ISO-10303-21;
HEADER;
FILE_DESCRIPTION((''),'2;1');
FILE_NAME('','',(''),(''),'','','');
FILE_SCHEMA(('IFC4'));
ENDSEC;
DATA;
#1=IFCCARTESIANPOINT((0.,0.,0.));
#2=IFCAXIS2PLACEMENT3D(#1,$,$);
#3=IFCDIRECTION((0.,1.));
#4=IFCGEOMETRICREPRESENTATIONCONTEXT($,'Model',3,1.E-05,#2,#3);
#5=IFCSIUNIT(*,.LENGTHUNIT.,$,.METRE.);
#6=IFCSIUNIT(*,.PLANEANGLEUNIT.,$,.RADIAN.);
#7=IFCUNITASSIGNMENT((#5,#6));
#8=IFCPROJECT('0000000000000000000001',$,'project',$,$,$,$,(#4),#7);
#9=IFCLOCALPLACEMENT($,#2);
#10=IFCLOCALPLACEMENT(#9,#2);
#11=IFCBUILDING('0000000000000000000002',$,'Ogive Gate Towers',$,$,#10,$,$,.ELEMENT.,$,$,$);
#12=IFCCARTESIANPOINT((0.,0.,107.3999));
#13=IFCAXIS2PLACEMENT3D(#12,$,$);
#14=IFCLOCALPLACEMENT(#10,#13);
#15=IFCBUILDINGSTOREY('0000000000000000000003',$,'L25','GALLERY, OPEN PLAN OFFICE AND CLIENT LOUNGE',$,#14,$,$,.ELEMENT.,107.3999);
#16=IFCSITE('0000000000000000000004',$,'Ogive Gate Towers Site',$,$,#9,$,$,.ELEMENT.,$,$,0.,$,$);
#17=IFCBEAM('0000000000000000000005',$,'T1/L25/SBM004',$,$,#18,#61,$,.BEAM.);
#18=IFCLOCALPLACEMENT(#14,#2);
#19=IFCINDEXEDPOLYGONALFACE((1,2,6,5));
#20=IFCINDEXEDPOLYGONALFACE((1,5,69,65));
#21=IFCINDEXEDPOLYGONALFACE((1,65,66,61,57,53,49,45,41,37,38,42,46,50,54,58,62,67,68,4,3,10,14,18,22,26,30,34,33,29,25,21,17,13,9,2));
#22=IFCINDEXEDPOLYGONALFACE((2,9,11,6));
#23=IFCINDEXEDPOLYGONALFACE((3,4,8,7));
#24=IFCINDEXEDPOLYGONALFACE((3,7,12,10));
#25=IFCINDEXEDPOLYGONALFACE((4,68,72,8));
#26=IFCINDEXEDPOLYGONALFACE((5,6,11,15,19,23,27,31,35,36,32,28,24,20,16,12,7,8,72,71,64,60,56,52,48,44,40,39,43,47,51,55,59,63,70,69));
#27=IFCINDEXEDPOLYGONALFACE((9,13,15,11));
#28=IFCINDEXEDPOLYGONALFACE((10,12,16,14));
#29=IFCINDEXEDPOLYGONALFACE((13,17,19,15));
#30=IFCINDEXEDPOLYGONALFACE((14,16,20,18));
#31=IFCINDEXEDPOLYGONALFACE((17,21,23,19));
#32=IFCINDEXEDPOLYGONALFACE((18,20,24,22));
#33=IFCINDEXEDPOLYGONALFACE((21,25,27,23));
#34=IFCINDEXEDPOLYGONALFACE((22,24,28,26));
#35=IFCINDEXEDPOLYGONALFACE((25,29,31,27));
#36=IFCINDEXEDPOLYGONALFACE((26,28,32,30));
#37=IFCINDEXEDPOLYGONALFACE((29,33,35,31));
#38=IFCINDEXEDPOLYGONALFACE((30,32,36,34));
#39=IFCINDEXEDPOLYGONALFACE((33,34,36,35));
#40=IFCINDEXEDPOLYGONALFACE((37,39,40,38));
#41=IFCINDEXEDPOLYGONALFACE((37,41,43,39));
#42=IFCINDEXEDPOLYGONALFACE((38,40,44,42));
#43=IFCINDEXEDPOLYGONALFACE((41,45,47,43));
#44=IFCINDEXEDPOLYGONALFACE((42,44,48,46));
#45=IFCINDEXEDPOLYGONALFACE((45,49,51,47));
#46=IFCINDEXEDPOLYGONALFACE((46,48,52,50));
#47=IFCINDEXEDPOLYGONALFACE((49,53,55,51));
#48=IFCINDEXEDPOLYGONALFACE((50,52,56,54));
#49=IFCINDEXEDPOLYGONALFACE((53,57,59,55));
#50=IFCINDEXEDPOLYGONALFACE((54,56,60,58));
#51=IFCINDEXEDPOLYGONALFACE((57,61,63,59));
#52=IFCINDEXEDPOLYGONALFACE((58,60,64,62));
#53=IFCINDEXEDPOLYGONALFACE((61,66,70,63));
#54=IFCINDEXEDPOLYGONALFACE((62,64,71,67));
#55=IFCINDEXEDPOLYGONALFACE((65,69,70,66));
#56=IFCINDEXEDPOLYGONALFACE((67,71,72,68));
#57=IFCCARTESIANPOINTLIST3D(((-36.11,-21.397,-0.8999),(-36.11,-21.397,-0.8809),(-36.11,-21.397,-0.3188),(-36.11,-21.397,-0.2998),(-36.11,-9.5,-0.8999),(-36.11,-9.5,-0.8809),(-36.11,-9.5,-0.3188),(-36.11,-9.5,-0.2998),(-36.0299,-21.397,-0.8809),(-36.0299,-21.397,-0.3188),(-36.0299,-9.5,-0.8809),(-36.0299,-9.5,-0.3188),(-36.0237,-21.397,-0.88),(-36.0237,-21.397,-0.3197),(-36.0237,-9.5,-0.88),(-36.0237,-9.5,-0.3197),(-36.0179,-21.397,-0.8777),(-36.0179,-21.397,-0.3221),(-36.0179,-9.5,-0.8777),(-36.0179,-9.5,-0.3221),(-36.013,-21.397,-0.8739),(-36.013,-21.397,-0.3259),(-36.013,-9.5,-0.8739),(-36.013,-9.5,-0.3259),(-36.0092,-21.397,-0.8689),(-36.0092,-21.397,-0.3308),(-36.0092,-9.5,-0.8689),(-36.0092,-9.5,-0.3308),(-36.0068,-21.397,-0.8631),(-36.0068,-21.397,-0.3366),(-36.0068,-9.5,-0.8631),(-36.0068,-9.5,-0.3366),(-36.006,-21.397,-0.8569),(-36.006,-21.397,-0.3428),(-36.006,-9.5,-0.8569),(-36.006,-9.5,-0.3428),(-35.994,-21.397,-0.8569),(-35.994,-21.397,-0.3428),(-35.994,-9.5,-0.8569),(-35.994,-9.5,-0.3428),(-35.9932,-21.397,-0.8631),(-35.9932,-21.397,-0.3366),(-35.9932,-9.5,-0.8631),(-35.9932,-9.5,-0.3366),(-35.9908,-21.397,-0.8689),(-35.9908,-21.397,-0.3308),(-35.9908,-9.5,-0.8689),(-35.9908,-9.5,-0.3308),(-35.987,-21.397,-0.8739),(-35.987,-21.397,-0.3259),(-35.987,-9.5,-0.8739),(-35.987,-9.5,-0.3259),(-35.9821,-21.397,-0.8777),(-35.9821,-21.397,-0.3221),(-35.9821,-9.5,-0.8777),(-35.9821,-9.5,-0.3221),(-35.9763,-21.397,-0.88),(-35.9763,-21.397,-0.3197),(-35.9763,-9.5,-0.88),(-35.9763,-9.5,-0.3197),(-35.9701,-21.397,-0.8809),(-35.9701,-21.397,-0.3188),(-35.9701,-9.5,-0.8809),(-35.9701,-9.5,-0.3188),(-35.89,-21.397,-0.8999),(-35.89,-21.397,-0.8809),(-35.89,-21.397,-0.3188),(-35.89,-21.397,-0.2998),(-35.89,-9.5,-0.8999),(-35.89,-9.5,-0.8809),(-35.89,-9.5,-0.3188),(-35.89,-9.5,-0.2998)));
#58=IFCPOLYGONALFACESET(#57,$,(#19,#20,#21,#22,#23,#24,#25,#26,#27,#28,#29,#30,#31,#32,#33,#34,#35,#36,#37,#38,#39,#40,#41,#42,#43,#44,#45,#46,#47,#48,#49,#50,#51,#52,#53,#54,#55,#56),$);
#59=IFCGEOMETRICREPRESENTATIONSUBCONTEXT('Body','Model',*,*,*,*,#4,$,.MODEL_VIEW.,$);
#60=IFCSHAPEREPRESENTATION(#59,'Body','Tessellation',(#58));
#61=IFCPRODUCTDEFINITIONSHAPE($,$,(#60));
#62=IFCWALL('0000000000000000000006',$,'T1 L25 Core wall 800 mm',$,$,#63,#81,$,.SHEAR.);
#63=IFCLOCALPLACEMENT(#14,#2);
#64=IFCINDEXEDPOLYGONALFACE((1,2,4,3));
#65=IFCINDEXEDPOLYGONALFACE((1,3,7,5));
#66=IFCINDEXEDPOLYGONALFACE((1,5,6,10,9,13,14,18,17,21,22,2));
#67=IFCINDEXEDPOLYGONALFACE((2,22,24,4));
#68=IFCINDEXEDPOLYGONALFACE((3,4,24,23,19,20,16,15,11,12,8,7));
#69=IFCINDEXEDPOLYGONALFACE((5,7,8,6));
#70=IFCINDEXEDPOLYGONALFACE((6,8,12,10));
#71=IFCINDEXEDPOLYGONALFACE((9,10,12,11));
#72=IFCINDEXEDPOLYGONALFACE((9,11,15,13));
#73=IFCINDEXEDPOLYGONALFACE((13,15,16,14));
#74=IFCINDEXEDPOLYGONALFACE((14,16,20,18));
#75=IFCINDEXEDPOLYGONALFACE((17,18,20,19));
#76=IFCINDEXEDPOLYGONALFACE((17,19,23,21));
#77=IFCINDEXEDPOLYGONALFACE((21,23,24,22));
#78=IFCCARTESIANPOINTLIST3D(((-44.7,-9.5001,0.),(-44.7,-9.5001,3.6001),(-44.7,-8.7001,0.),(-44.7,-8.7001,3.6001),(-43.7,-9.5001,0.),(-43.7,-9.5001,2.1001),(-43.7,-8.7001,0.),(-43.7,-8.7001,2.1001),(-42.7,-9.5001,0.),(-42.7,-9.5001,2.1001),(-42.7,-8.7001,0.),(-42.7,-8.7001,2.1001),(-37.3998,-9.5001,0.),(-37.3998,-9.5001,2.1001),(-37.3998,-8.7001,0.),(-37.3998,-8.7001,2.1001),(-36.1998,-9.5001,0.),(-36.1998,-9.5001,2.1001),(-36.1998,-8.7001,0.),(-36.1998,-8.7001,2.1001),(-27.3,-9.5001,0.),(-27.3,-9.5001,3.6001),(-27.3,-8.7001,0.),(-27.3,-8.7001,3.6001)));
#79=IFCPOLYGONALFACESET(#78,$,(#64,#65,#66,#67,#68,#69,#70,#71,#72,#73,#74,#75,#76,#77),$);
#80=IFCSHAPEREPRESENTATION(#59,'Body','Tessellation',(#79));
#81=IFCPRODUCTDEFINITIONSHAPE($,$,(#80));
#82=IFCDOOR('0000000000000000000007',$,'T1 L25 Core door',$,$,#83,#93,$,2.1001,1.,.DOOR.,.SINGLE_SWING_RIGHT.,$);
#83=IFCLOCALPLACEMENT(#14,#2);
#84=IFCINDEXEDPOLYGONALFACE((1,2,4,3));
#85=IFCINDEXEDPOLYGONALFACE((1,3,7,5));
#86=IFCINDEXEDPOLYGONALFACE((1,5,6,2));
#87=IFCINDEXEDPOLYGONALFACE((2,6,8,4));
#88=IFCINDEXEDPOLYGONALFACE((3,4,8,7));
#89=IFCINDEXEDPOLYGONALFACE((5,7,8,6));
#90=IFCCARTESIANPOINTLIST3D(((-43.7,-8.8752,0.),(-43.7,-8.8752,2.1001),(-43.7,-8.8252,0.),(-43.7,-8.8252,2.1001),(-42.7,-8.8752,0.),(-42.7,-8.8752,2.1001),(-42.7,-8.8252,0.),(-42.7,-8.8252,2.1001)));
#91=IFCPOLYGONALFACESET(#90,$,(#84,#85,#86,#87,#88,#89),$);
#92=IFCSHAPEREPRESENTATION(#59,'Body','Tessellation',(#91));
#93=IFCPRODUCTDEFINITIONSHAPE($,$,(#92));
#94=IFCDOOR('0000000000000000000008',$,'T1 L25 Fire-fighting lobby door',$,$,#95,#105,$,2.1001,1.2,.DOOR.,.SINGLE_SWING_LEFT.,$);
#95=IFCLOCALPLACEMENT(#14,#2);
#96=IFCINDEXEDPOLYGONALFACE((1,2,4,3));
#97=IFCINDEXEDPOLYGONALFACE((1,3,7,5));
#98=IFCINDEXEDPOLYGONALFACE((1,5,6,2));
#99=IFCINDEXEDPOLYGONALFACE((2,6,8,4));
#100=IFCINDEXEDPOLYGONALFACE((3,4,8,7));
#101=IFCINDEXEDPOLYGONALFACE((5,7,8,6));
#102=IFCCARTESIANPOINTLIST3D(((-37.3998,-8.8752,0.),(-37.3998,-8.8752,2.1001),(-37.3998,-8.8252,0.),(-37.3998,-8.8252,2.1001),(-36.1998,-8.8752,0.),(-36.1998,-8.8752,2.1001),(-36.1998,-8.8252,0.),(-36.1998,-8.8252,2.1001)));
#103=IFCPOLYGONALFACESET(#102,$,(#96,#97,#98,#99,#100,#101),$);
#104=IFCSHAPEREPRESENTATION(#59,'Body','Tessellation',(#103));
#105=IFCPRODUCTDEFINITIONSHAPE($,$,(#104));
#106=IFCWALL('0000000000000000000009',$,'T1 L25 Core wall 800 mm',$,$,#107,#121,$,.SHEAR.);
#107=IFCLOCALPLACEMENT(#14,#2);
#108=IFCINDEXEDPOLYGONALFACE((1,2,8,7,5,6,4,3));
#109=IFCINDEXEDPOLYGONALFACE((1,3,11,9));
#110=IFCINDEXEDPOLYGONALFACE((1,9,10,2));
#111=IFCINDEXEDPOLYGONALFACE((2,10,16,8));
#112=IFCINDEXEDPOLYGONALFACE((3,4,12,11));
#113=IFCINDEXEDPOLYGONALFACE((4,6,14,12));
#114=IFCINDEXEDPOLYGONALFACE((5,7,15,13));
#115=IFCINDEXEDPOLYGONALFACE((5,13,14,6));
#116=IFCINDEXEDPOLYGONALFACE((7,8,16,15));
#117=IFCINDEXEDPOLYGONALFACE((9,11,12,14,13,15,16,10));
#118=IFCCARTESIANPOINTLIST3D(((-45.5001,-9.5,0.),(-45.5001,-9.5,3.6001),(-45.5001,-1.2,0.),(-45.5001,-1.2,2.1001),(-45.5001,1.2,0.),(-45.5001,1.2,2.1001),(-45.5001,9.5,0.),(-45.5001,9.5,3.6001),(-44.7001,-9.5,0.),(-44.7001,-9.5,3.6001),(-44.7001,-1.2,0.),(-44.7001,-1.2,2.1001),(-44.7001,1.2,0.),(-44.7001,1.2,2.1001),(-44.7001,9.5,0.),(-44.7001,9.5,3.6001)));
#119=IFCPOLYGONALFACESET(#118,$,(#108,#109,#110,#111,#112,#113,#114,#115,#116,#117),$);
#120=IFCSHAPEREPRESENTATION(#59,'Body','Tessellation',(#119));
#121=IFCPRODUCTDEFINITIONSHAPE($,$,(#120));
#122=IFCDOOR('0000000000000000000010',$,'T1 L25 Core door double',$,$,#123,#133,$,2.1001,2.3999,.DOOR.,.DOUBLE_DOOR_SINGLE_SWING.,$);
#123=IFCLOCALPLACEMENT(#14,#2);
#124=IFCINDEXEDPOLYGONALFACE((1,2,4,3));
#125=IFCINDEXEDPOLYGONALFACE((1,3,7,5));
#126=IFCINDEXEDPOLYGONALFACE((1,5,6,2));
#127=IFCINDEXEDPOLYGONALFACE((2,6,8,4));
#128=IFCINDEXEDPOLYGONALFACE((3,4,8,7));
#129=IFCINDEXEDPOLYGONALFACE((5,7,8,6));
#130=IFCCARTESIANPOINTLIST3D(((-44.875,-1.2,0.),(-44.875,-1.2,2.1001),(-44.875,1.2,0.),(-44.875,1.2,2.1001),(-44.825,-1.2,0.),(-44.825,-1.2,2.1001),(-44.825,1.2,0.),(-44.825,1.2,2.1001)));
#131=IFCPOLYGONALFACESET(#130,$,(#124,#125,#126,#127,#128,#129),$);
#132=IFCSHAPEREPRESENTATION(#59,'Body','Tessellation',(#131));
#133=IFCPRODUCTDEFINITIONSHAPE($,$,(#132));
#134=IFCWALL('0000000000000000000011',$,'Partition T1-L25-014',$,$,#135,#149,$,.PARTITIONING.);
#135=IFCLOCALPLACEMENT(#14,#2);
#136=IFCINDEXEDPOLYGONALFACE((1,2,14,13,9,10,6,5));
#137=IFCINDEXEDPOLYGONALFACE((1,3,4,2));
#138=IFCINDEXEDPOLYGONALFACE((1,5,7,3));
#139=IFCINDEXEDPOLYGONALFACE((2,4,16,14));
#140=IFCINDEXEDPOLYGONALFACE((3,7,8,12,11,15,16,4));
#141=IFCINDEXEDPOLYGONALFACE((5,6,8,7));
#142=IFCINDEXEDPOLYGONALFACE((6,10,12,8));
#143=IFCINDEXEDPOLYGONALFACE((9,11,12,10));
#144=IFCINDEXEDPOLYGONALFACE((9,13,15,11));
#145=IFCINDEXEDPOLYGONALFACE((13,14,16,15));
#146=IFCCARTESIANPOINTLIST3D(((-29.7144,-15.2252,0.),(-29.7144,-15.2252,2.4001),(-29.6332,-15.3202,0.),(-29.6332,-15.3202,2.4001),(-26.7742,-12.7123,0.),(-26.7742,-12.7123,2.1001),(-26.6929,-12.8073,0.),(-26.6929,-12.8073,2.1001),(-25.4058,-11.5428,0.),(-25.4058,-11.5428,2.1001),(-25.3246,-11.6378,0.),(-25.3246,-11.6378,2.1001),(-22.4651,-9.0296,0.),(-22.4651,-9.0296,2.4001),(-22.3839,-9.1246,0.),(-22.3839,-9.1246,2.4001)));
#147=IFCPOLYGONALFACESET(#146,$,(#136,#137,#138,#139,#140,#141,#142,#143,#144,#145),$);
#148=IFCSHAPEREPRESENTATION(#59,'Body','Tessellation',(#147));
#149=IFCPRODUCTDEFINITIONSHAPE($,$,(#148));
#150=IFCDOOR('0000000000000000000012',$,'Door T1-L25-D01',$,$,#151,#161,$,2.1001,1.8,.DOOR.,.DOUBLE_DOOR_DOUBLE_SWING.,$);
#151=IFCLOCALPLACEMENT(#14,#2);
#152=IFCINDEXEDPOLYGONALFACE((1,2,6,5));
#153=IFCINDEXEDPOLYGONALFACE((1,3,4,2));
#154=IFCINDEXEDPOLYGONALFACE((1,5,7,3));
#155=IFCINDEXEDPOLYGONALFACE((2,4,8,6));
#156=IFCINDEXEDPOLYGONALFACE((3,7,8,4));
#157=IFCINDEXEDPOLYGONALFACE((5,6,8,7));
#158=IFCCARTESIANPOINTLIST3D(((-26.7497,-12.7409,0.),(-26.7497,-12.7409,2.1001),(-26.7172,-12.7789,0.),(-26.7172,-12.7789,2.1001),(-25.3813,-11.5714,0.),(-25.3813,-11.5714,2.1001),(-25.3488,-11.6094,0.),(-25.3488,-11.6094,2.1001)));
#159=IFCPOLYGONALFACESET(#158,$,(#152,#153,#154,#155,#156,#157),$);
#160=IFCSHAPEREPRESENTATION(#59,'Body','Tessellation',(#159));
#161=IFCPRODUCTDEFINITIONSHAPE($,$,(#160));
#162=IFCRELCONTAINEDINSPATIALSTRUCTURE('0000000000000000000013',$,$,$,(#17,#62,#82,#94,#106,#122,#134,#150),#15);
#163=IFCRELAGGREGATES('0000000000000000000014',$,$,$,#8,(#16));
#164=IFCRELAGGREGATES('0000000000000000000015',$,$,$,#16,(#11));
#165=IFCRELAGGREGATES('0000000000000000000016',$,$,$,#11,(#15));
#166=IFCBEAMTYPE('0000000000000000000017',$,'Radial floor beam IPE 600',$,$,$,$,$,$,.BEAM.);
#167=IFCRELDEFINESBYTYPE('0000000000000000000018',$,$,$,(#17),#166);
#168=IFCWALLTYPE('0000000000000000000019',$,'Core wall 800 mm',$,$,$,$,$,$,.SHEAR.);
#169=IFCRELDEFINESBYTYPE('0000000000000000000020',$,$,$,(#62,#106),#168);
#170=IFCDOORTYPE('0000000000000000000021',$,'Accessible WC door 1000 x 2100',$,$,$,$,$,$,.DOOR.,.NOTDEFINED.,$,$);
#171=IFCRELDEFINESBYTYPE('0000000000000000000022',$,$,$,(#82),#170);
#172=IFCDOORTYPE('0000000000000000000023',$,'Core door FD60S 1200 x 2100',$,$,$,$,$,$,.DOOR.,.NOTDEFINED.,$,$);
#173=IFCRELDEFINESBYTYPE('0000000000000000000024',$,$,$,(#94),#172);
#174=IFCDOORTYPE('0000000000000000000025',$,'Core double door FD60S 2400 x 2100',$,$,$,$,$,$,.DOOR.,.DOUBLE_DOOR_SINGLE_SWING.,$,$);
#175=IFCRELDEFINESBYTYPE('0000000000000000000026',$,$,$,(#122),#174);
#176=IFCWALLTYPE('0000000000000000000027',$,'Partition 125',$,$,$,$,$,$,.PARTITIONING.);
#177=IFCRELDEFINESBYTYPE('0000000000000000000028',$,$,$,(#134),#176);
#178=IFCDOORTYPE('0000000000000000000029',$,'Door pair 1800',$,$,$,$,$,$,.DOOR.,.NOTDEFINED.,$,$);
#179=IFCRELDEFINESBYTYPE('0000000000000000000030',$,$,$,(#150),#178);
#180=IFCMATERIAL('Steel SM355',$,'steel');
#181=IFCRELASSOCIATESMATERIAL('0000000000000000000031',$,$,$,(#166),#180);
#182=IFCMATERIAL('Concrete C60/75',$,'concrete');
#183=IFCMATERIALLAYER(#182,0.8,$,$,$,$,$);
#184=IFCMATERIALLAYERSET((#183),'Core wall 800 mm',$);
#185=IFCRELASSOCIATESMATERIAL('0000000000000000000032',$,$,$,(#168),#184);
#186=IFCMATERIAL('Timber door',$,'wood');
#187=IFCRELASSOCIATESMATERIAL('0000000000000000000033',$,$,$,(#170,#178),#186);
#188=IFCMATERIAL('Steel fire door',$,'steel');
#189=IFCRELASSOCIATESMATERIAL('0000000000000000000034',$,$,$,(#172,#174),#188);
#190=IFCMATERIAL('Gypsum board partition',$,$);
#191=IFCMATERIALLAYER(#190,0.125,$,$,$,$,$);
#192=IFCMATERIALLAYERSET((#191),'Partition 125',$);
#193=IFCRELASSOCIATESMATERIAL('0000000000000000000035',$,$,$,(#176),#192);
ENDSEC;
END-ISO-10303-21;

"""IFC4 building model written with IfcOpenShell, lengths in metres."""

from ifc_helpers import new_model, si_unit, direction, frame, frame_2d, origin, origin_2d, place, context, subcontext, project, spatial, rectangle, i_section, extrude, material, layer, layer_set, material_profile, profile_set, type_object, element, fill, save


model = new_model("IFC4")

# Units and contexts
model_context = context("Model", 3, precision=1e-05, world=origin(), true_north=direction((0.0, 1.0)))
body_context = subcontext(model_context, "Body", "Model", "MODEL_VIEW")
ifc_project = project(units=[si_unit("LENGTHUNIT", "METRE"), si_unit("PLANEANGLEUNIT", "RADIAN")], contexts=[model_context])

# Site, building, storey
site_placement = place(None, origin())
site = spatial("IfcSite", under=ifc_project, at=site_placement, Name="Ogive Gate Towers Site", CompositionType="ELEMENT", RefElevation=0.0)
building_placement = place(site_placement, origin())
building = spatial("IfcBuilding", under=site, at=building_placement, Name="Ogive Gate Towers", CompositionType="ELEMENT")
storey_placement = place(building_placement, frame((0.0, 0.0, 107.3999)))
storey = spatial("IfcBuildingStorey", under=building, at=storey_placement, Name="L25", Description="GALLERY, OPEN PLAN OFFICE AND CLIENT LOUNGE", CompositionType="ELEMENT", Elevation=107.3999)

# Beam
ifc_material_1 = material(Name="Steel SM355", Category="steel")
ifc_material_profile_1 = material_profile(ifc_material_1, i_section(OverallWidth=0.22, OverallDepth=0.6001, WebThickness=0.012, FlangeThickness=0.019, FilletRadius=0.0239, at=origin_2d()), Name="IPE 600")
ifc_profile_set_1 = profile_set([ifc_material_profile_1], Name="Steel SM355")
beam_type_1 = type_object("IfcBeamType", Name="Radial floor beam IPE 600", PredefinedType="BEAM", material=ifc_profile_set_1)
beam_1_placement = place(storey_placement, frame((-36.0, -9.5, -0.5999), z_axis=(0.0, -1.0, 0.0), x_axis=(1.0, 0.0, 0.0)))
element("IfcBeam", 1, at=beam_1_placement, inside=storey, type_object=beam_type_1, Name="T1/L25/SBM004", PredefinedType="BEAM", context=body_context, shape_type="SweptSolid", body=[
    extrude(i_section(OverallWidth=0.22, OverallDepth=0.6001, WebThickness=0.012, FlangeThickness=0.019, FilletRadius=0.0239, at=origin_2d()), origin(), (0.0, 0.0, 1.0), 11.897),
])

# Wall, openings, doors
ifc_material_2 = material(Name="Concrete C60/75", Category="concrete")
ifc_layer_1 = layer(ifc_material_2, 0.8)
ifc_layer_set_1 = layer_set([ifc_layer_1], Name="Core wall 800 mm")
wall_type_1 = type_object("IfcWallType", Name="Core wall 800 mm", PredefinedType="SHEAR", material=ifc_layer_set_1)
wall_1_placement = place(storey_placement, frame((-44.7, -9.1001, 0.0), z_axis=(0.0, 0.0, 1.0), x_axis=(1.0, 0.0, 0.0)))
wall_1 = element("IfcWall", 2, at=wall_1_placement, inside=storey, type_object=wall_type_1, Name="T1 L25 Core wall 800 mm", PredefinedType="SHEAR", context=body_context, shape_type="SweptSolid", body=[
    extrude(rectangle(XDim=17.3999, YDim=0.8, at=frame_2d((8.7, 0.0))), origin(), (0.0, 0.0, 1.0), 3.6001),
])
opening_1_placement = place(wall_1_placement, frame((7.3, 0.0, 0.0)))
opening_1 = element("IfcOpeningElement", 3, at=opening_1_placement, cuts=wall_1, PredefinedType="OPENING", context=body_context, shape_type="SweptSolid", body=[
    extrude(rectangle(XDim=1.2, YDim=2.1001, at=frame_2d((0.6001, 1.05))), frame((0.0, 0.4102, 0.0), z_axis=(0.0, -1.0, 0.0), x_axis=(1.0, 0.0, 0.0)), (0.0, 0.0, 1.0), 0.8201),
])
opening_2_placement = place(wall_1_placement, frame((1.0, 0.0, 0.0)))
opening_2 = element("IfcOpeningElement", 4, at=opening_2_placement, cuts=wall_1, PredefinedType="OPENING", context=body_context, shape_type="SweptSolid", body=[
    extrude(rectangle(XDim=1.0, YDim=2.1001, at=frame_2d((0.5, 1.05))), frame((0.0, 0.4102, 0.0), z_axis=(0.0, -1.0, 0.0), x_axis=(1.0, 0.0, 0.0)), (0.0, 0.0, 1.0), 0.8201),
])
ifc_material_3 = material(Name="Timber door", Category="wood")
door_type_1 = type_object("IfcDoorType", Name="Accessible WC door 1000 x 2100", OperationType="NOTDEFINED", PredefinedType="DOOR", material=ifc_material_3)
door_1_placement = place(opening_2_placement, origin())
door_1 = element("IfcDoor", 5, at=door_1_placement, inside=storey, type_object=door_type_1, Name="T1 L25 Core door", OperationType="SINGLE_SWING_RIGHT", OverallHeight=2.1001, OverallWidth=1.0, PredefinedType="DOOR", context=body_context, shape_type="SweptSolid", body=[
    extrude(rectangle(XDim=1.0, YDim=2.1001, at=frame_2d((0.5, 1.05))), frame((0.0, 0.2749, 0.0), z_axis=(0.0, -1.0, 0.0), x_axis=(1.0, 0.0, 0.0)), (0.0, 0.0, 1.0), 0.05),
])
fill(opening_2, door_1)
ifc_material_4 = material(Name="Steel fire door", Category="steel")
door_type_2 = type_object("IfcDoorType", Name="Core door FD60S 1200 x 2100", OperationType="NOTDEFINED", PredefinedType="DOOR", material=ifc_material_4)
door_2_placement = place(opening_1_placement, origin())
door_2 = element("IfcDoor", 6, at=door_2_placement, inside=storey, type_object=door_type_2, Name="T1 L25 Fire-fighting lobby door", OperationType="SINGLE_SWING_LEFT", OverallHeight=2.1001, OverallWidth=1.2, PredefinedType="DOOR", context=body_context, shape_type="SweptSolid", body=[
    extrude(rectangle(XDim=1.2, YDim=2.1001, at=frame_2d((0.6001, 1.05))), frame((0.0, 0.2749, 0.0), z_axis=(0.0, -1.0, 0.0), x_axis=(1.0, 0.0, 0.0)), (0.0, 0.0, 1.0), 0.05),
])
fill(opening_1, door_2)

# Walls, openings, doors
wall_2_placement = place(storey_placement, frame((-45.1001, -9.5, 0.0), z_axis=(0.0, 0.0, 1.0), x_axis=(0.0, 1.0, 0.0)))
wall_2 = element("IfcWall", 7, at=wall_2_placement, inside=storey, type_object=wall_type_1, Name="T1 L25 Core wall 800 mm", PredefinedType="SHEAR", context=body_context, shape_type="SweptSolid", body=[
    extrude(rectangle(XDim=19.0, YDim=0.8, at=frame_2d((9.5, 0.0))), origin(), (0.0, 0.0, 1.0), 3.6001),
])
opening_3_placement = place(wall_2_placement, frame((8.3, 0.0, 0.0)))
opening_3 = element("IfcOpeningElement", 8, at=opening_3_placement, cuts=wall_2, PredefinedType="OPENING", context=body_context, shape_type="SweptSolid", body=[
    extrude(rectangle(XDim=2.3999, YDim=2.1001, at=frame_2d((1.2, 1.05))), frame((0.0, 0.4102, 0.0), z_axis=(0.0, -1.0, 0.0), x_axis=(1.0, 0.0, 0.0)), (0.0, 0.0, 1.0), 0.8201),
])
door_type_3 = type_object("IfcDoorType", Name="Core double door FD60S 2400 x 2100", OperationType="DOUBLE_DOOR_SINGLE_SWING", PredefinedType="DOOR", material=ifc_material_4)
door_3_placement = place(opening_3_placement, origin())
door_3 = element("IfcDoor", 9, at=door_3_placement, inside=storey, type_object=door_type_3, Name="T1 L25 Core door double", OperationType="DOUBLE_DOOR_SINGLE_SWING", OverallHeight=2.1001, OverallWidth=2.3999, PredefinedType="DOOR", context=body_context, shape_type="SweptSolid", body=[
    extrude(rectangle(XDim=2.3999, YDim=2.1001, at=frame_2d((1.2, 1.05))), frame((0.0, -0.2251, 0.0), z_axis=(0.0, -1.0, 0.0), x_axis=(1.0, 0.0, 0.0)), (0.0, 0.0, 1.0), 0.05),
])
fill(opening_3, door_3)
ifc_material_5 = material(Name="Gypsum board partition")
ifc_layer_2 = layer(ifc_material_5, 0.125)
ifc_layer_set_2 = layer_set([ifc_layer_2], Name="Partition 125")
wall_type_2 = type_object("IfcWallType", Name="Partition 125", PredefinedType="PARTITIONING", material=ifc_layer_set_2)
wall_3_placement = place(storey_placement, frame((-29.6738, -15.2727, 0.0), z_axis=(0.0, 0.0, 1.0), x_axis=(0.760194, 0.649696, 0.0)))
wall_3 = element("IfcWall", 10, at=wall_3_placement, inside=storey, type_object=wall_type_2, Name="Partition T1-L25-014", PredefinedType="PARTITIONING", context=body_context, shape_type="SweptSolid", body=[
    extrude(rectangle(XDim=9.5361, YDim=0.125, at=frame_2d((4.7681, 0.0))), origin(), (0.0, 0.0, 1.0), 2.4001),
])
opening_4_placement = place(wall_3_placement, frame((3.8679, 0.0, 0.0)))
opening_4 = element("IfcOpeningElement", 11, at=opening_4_placement, cuts=wall_3, PredefinedType="OPENING", context=body_context, shape_type="SweptSolid", body=[
    extrude(rectangle(XDim=1.8, YDim=2.1001, at=frame_2d((0.8999, 1.05))), frame((0.0, 0.0725, 0.0), z_axis=(0.0, -1.0, 0.0), x_axis=(1.0, 0.0, 0.0)), (0.0, 0.0, 1.0), 0.145),
])
door_type_4 = type_object("IfcDoorType", Name="Door pair 1800", OperationType="NOTDEFINED", PredefinedType="DOOR", material=ifc_material_3)
door_4_placement = place(opening_4_placement, origin())
door_4 = element("IfcDoor", 12, at=door_4_placement, inside=storey, type_object=door_type_4, Name="Door T1-L25-D01", OperationType="DOUBLE_DOOR_DOUBLE_SWING", OverallHeight=2.1001, OverallWidth=1.8, PredefinedType="DOOR", context=body_context, shape_type="SweptSolid", body=[
    extrude(rectangle(XDim=1.8, YDim=2.1001, at=frame_2d((0.8999, 1.05))), frame((0.0, 0.0249, 0.0), z_axis=(0.0, -1.0, 0.0), x_axis=(1.0, 0.0, 0.0)), (0.0, 0.0, 1.0), 0.05),
])
fill(opening_4, door_4)

save(model, "model.ifc")
